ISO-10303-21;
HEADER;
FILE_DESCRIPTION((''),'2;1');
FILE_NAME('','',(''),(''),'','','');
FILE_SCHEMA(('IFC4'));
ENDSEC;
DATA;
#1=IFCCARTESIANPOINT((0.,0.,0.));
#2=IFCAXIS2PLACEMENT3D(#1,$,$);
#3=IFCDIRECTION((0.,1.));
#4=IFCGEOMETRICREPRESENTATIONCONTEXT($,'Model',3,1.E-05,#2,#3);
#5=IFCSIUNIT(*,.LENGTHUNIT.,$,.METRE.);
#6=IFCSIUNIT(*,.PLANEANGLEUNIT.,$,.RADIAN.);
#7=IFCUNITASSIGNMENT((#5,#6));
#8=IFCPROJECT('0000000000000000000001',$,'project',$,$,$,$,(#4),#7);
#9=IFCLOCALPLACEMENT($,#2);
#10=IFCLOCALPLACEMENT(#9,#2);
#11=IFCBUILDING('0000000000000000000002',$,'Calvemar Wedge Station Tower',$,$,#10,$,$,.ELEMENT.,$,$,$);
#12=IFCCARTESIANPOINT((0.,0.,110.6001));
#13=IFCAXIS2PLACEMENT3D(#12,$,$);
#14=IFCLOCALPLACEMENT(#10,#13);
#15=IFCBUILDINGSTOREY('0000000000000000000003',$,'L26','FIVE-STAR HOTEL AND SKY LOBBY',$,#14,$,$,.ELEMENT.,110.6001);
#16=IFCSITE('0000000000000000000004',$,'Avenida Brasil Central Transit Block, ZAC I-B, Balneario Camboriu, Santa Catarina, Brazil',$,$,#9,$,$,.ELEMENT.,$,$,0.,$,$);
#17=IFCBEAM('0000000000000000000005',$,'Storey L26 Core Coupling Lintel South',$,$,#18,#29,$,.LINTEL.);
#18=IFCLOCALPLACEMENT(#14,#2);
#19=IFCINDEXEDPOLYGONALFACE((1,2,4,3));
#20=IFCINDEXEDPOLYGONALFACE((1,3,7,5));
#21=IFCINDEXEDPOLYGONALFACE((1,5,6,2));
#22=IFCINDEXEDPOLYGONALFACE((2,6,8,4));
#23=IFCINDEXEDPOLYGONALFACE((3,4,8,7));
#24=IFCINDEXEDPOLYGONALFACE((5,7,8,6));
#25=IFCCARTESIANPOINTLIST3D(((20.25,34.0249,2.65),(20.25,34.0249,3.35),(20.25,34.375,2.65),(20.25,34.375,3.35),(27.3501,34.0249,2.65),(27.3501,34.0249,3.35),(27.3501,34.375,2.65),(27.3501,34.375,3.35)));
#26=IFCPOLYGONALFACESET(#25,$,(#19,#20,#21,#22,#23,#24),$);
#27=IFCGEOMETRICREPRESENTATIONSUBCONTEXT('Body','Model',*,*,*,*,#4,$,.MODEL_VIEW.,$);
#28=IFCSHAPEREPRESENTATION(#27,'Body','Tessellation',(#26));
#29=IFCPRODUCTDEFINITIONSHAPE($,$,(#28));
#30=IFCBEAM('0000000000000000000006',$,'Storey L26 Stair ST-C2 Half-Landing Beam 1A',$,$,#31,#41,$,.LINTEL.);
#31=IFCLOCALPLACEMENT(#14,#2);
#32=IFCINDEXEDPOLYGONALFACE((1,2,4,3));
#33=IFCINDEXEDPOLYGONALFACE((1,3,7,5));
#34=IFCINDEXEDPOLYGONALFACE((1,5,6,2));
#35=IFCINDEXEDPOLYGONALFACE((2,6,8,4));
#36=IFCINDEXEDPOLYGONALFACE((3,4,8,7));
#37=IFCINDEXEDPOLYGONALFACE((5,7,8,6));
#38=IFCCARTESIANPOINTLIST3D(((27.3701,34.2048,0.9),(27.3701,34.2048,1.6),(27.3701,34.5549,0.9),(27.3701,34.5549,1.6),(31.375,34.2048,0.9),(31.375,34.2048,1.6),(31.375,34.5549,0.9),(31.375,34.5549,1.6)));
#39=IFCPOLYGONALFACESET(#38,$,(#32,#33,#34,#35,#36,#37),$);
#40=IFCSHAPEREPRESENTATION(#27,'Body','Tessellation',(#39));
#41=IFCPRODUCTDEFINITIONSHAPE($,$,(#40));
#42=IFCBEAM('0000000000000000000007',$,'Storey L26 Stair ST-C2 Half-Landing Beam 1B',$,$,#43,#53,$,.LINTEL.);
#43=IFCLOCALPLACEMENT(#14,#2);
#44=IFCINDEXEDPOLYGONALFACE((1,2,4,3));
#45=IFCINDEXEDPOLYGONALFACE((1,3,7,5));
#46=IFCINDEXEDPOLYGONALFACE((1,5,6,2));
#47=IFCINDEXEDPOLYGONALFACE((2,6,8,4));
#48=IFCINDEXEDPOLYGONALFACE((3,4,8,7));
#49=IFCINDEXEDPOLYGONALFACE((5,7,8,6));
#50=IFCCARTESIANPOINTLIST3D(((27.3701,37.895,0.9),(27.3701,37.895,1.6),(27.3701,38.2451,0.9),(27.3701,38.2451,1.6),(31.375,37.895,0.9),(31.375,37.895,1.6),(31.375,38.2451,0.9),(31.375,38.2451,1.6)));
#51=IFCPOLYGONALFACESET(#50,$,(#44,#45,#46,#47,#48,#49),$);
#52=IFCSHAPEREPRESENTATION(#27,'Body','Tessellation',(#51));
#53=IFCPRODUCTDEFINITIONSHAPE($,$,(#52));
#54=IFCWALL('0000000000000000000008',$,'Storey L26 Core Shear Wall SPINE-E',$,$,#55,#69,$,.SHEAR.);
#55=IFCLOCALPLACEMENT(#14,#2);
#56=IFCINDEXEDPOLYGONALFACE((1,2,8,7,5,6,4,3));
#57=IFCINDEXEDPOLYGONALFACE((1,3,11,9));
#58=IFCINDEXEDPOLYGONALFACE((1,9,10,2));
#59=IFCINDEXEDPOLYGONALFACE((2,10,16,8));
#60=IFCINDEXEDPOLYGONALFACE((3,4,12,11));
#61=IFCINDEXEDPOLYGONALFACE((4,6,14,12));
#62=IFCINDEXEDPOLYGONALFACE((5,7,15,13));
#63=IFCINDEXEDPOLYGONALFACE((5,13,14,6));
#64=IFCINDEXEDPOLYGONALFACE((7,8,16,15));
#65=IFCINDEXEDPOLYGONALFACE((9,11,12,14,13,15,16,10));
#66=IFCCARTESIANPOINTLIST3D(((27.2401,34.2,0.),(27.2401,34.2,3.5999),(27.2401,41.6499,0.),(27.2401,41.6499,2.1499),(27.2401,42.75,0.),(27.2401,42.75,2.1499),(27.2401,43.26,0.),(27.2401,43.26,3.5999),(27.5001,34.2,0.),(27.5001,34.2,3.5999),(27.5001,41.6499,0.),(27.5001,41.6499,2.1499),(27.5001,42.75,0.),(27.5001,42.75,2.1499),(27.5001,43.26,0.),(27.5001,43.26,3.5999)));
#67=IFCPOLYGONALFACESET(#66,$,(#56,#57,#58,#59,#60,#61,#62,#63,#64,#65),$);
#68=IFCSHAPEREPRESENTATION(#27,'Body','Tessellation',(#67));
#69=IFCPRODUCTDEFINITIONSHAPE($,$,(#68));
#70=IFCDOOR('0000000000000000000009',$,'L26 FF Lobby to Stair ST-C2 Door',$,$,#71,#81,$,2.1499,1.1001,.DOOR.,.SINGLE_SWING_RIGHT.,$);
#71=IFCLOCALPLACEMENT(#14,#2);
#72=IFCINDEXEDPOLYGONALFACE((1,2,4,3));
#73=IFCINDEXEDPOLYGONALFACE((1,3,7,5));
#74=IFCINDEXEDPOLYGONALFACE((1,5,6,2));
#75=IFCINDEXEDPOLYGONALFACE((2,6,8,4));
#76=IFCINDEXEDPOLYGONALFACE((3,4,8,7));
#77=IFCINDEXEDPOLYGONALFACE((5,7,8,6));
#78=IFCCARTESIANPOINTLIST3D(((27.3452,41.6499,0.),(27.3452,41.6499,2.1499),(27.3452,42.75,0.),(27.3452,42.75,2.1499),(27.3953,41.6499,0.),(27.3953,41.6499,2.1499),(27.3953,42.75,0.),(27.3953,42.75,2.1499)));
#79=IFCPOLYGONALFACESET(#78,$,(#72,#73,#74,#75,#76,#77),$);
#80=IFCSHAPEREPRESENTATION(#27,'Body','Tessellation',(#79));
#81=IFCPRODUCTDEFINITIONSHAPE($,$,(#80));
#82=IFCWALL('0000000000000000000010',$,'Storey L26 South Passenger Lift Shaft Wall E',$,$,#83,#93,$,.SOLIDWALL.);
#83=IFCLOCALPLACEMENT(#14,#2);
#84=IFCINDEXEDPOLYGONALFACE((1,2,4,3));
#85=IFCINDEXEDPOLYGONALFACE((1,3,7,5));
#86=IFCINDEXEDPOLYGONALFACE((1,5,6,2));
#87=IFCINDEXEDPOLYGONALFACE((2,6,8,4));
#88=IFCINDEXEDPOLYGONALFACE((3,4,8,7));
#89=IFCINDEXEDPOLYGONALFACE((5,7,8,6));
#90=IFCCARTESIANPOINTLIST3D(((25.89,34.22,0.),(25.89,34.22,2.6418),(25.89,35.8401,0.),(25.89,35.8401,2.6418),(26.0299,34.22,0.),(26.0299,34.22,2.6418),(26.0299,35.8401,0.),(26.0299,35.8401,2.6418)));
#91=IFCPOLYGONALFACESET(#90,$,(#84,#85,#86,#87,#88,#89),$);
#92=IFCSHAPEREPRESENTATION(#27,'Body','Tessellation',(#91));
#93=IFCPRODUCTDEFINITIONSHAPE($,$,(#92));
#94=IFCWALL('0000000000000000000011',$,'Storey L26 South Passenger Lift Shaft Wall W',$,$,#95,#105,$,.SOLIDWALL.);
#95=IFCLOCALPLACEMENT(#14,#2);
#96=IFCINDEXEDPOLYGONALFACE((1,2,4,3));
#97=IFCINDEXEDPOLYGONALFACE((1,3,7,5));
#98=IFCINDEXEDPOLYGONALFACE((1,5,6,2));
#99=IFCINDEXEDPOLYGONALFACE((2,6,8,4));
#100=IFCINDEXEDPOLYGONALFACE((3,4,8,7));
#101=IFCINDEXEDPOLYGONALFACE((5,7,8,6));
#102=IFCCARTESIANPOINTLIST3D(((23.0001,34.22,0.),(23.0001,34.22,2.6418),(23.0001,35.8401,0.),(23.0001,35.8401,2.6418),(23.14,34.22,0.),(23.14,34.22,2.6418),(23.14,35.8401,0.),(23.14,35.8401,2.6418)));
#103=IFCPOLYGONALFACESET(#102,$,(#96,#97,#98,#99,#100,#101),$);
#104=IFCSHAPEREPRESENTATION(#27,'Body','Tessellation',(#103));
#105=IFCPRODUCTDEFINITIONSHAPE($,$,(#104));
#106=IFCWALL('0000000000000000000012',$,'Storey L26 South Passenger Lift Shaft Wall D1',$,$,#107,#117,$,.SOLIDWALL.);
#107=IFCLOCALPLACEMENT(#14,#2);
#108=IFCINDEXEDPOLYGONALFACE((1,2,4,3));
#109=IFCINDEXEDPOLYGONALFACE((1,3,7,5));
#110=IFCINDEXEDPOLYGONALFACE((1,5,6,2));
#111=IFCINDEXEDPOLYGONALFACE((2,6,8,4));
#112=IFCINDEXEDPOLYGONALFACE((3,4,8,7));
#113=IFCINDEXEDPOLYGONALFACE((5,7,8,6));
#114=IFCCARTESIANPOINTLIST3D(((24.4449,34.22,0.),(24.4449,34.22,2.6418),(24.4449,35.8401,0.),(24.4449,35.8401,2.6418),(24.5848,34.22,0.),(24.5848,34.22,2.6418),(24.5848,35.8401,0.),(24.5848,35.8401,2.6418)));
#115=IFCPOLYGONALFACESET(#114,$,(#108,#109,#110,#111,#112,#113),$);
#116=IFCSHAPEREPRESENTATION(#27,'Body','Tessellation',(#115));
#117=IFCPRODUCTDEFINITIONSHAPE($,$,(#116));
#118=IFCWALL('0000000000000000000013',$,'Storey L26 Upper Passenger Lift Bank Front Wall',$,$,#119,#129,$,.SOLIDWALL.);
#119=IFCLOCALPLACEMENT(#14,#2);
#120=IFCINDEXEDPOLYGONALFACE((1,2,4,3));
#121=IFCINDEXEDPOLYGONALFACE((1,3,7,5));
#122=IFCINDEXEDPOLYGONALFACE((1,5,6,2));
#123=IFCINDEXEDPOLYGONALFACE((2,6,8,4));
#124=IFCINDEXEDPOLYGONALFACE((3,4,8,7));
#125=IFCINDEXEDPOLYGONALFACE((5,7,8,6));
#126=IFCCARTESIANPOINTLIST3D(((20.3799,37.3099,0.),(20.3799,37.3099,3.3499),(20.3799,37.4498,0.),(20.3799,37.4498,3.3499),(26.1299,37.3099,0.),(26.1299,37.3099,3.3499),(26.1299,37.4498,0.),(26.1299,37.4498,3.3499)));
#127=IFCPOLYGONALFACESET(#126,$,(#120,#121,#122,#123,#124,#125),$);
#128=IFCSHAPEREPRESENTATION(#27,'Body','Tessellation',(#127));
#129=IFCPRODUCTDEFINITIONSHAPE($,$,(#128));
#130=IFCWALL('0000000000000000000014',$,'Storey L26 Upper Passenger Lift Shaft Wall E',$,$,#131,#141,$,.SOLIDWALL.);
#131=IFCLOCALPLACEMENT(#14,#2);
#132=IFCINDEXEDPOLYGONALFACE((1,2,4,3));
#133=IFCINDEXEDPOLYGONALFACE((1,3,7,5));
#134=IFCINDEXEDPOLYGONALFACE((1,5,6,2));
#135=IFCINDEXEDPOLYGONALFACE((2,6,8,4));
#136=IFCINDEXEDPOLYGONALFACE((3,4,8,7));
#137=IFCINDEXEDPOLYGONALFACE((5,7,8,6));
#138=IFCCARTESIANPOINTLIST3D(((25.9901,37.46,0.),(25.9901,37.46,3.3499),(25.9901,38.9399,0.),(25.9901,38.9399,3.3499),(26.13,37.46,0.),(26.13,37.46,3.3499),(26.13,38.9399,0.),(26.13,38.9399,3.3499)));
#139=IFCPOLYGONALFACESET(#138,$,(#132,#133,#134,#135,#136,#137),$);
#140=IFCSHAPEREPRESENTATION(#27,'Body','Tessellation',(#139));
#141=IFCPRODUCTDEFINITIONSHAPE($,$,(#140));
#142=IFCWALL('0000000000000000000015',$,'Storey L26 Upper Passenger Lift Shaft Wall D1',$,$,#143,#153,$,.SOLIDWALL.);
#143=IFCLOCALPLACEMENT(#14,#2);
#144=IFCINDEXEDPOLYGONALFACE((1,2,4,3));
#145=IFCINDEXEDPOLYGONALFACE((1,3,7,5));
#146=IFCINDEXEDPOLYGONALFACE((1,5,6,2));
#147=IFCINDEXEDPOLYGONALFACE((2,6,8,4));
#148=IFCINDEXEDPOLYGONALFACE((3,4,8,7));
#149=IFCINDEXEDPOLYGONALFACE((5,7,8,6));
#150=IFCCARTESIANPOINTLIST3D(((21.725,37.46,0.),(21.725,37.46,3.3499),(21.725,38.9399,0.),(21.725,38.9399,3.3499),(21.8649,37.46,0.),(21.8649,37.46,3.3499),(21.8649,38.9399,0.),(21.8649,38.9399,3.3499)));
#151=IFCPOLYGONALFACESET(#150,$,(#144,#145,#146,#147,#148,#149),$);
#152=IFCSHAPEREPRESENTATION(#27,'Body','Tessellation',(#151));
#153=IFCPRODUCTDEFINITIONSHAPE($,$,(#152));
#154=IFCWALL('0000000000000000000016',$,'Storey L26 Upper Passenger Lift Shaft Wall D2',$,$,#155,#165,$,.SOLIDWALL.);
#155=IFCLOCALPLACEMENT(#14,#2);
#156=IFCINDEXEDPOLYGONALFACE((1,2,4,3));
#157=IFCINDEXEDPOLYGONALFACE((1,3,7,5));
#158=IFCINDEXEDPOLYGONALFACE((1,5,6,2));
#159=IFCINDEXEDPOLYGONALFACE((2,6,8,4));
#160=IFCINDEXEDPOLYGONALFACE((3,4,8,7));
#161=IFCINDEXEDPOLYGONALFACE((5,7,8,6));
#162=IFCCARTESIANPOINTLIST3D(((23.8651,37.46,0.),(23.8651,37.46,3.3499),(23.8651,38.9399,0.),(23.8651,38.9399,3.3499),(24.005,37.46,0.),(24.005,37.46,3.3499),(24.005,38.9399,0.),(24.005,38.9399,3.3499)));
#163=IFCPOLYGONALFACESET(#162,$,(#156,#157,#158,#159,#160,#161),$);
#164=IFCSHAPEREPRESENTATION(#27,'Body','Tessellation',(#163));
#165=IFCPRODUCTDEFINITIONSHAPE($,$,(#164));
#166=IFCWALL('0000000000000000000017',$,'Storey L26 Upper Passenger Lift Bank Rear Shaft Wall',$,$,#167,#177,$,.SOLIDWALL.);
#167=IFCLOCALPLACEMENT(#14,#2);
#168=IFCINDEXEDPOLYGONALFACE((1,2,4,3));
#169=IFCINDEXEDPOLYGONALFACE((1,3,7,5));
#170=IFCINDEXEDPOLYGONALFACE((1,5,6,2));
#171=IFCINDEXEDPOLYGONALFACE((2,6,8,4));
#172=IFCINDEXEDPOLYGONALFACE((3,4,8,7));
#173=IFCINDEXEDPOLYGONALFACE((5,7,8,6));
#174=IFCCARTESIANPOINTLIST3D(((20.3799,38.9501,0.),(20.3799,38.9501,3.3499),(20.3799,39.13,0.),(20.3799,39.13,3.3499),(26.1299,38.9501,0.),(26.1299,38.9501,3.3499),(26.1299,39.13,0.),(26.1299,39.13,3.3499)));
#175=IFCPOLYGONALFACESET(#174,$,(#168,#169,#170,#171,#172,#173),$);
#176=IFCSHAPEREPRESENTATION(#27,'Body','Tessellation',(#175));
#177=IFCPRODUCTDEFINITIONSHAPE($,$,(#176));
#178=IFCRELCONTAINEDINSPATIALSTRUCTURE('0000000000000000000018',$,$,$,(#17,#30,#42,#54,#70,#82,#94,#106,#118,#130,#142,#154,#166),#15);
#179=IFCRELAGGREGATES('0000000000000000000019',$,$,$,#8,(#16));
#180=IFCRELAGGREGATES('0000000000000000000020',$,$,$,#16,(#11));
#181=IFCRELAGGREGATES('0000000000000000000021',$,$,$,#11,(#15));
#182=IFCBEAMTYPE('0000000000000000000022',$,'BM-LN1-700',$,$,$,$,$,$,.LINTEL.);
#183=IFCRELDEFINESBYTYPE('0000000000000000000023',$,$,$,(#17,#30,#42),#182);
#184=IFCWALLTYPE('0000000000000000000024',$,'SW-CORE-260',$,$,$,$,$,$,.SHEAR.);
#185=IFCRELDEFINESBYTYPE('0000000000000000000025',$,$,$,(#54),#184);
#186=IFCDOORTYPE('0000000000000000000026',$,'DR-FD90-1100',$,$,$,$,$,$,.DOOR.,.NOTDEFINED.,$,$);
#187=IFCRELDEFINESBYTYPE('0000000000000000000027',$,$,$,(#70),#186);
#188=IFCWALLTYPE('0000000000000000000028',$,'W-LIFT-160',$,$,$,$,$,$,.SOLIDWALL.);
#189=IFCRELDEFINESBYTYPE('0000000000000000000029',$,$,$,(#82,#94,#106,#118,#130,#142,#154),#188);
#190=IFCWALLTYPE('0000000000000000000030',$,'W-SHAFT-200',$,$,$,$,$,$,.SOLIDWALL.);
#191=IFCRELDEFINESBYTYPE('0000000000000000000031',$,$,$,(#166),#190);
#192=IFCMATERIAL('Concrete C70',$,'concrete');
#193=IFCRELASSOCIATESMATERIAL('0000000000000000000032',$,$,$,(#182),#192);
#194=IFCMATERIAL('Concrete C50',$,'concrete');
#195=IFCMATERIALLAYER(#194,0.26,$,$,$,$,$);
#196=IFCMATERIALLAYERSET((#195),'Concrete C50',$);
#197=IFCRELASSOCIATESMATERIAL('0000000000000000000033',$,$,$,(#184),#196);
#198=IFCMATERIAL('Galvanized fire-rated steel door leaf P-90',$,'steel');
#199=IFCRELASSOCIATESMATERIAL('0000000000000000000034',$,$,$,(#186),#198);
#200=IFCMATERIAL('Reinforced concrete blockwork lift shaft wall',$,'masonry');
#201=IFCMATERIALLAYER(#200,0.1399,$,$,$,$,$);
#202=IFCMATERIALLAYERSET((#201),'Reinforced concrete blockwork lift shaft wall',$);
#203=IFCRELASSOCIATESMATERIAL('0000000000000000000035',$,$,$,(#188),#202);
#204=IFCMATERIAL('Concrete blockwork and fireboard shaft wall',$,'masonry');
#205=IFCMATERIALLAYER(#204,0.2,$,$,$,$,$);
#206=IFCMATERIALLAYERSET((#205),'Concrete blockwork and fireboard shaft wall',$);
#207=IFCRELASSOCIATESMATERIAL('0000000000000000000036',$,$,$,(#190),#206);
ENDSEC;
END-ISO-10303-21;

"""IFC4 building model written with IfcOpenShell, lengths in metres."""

from ifc_helpers import new_model, si_unit, direction, frame, frame_2d, origin, origin_2d, place, context, subcontext, project, spatial, rectangle, extrude, source, transform, mapped, material, layer, layer_set, material_profile, profile_set, type_object, element, fill, save


model = new_model("IFC4")

# Units and contexts
model_context = context("Model", 3, precision=1e-05, world=origin(), true_north=direction((0.0, 1.0)))
body_context = subcontext(model_context, "Body", "Model", "MODEL_VIEW")
ifc_project = project(units=[si_unit("LENGTHUNIT", "METRE"), si_unit("PLANEANGLEUNIT", "RADIAN")], contexts=[model_context])

# Site, building, storey
site_placement = place(None, origin())
site = spatial("IfcSite", under=ifc_project, at=site_placement, Name="Avenida Brasil Central Transit Block, ZAC I-B, Balneario Camboriu, Santa Catarina, Brazil", CompositionType="ELEMENT", RefElevation=0.0)
building_placement = place(site_placement, origin())
building = spatial("IfcBuilding", under=site, at=building_placement, Name="Calvemar Wedge Station Tower", CompositionType="ELEMENT")
storey_placement = place(building_placement, frame((0.0, 0.0, 110.6001)))
storey = spatial("IfcBuildingStorey", under=building, at=storey_placement, Name="L26", Description="FIVE-STAR HOTEL AND SKY LOBBY", CompositionType="ELEMENT", Elevation=110.6001)

# Beams
ifc_material_1 = material(Name="Concrete C70", Category="concrete")
ifc_material_profile = material_profile(ifc_material_1, rectangle(XDim=0.3501, YDim=0.7, at=origin_2d()), Name="RC350x700")
ifc_profile_set = profile_set([ifc_material_profile], Name="Concrete C70")
beam_type = type_object("IfcBeamType", Name="BM-LN1-700", PredefinedType="LINTEL", material=ifc_profile_set)
shared_shape_1 = source(origin(), body_context, "Body", "SweptSolid", [
    extrude(rectangle(XDim=0.3501, YDim=0.7, at=origin_2d()), origin(), (0.0, 0.0, 1.0), 7.1001),
])
beam_placement = place(storey_placement, frame((20.25, 34.2, 3.0), z_axis=(1.0, 0.0, 0.0), x_axis=(0.0, 1.0, 0.0)))
element("IfcBeam", 1, at=beam_placement, inside=storey, type_object=beam_type, Name="Storey L26 Core Coupling Lintel South", PredefinedType="LINTEL", context=body_context, shape_type="MappedRepresentation", body=[
    mapped(shared_shape_1, transform((0.0, 0.0, 0.0), scale=1.0)),
])
shared_shape_2 = source(origin(), body_context, "Body", "SweptSolid", [
    extrude(rectangle(XDim=0.3501, YDim=0.7, at=origin_2d()), origin(), (0.0, 0.0, 1.0), 4.0049),
])
for number, where, z_axis, x_axis, name in (
    (2, (27.3701, 34.3799, 1.25), (1.0, 0.0, 0.0), (0.0, 1.0, 0.0), "Storey L26 Stair ST-C2 Half-Landing Beam 1A"),
    (3, (27.3701, 38.0701, 1.25), (1.0, 0.0, 0.0), (0.0, 1.0, 0.0), "Storey L26 Stair ST-C2 Half-Landing Beam 1B"),
):
    element("IfcBeam", number, at=place(storey_placement, frame(where, z_axis=z_axis, x_axis=x_axis)), inside=storey, type_object=beam_type, Name=name, PredefinedType="LINTEL", context=body_context, shape_type="MappedRepresentation", body=[
        mapped(shared_shape_2, transform((0.0, 0.0, 0.0), scale=1.0)),
    ])

# Wall, opening, door
ifc_material_2 = material(Name="Concrete C50", Category="concrete")
ifc_layer_1 = layer(ifc_material_2, 0.26)
ifc_layer_set_1 = layer_set([ifc_layer_1], Name="Concrete C50")
wall_type_1 = type_object("IfcWallType", Name="SW-CORE-260", PredefinedType="SHEAR", material=ifc_layer_set_1)
wall_1_placement = place(storey_placement, frame((27.3701, 34.2, 0.0), z_axis=(0.0, 0.0, 1.0), x_axis=(0.0, 1.0, 0.0)))
wall_1 = element("IfcWall", 4, at=wall_1_placement, inside=storey, type_object=wall_type_1, Name="Storey L26 Core Shear Wall SPINE-E", PredefinedType="SHEAR", context=body_context, shape_type="SweptSolid", body=[
    extrude(rectangle(XDim=9.0601, YDim=0.26, at=frame_2d((4.53, 0.0))), origin(), (0.0, 0.0, 1.0), 3.5999),
])
shared_shape_3 = source(origin(), body_context, "Body", "SweptSolid", [
    extrude(rectangle(XDim=1.1001, YDim=2.1499, at=frame_2d((0.55, 1.075))), frame((0.0, 0.1401, 0.0), z_axis=(0.0, -1.0, 0.0), x_axis=(1.0, 0.0, 0.0)), (0.0, 0.0, 1.0), 0.28),
])
opening_1_placement = place(wall_1_placement, frame((7.45, 0.0, 0.0)))
opening_1 = element("IfcOpeningElement", 5, at=opening_1_placement, cuts=wall_1, PredefinedType="OPENING", context=body_context, shape_type="MappedRepresentation", body=[
    mapped(shared_shape_3, transform((0.0, 0.0, 0.0), scale=1.0)),
])
ifc_material_3 = material(Name="Galvanized fire-rated steel door leaf P-90", Category="steel")
door_type_1 = type_object("IfcDoorType", Name="DR-FD90-1100", OperationType="NOTDEFINED", PredefinedType="DOOR", material=ifc_material_3)
shared_shape_4 = source(origin(), body_context, "Body", "SweptSolid", [
    extrude(rectangle(XDim=1.1001, YDim=2.1499, at=frame_2d((0.55, 1.075))), frame((0.0, 0.0249, 0.0), z_axis=(0.0, -1.0, 0.0), x_axis=(1.0, 0.0, 0.0)), (0.0, 0.0, 1.0), 0.05),
])
door_1_placement = place(opening_1_placement, origin())
door_1 = element("IfcDoor", 6, at=door_1_placement, inside=storey, type_object=door_type_1, Name="L26 FF Lobby to Stair ST-C2 Door", OperationType="SINGLE_SWING_RIGHT", OverallHeight=2.1499, OverallWidth=1.1001, PredefinedType="DOOR", context=body_context, shape_type="MappedRepresentation", body=[
    mapped(shared_shape_4, transform((0.0, 0.0, 0.0), scale=1.0)),
])
fill(opening_1, door_1)

# Shared definitions
ifc_material_4 = material(Name="Reinforced concrete blockwork lift shaft wall", Category="masonry")
ifc_layer_2 = layer(ifc_material_4, 0.1399)
ifc_layer_set_2 = layer_set([ifc_layer_2], Name="Reinforced concrete blockwork lift shaft wall")
wall_type_2 = type_object("IfcWallType", Name="W-LIFT-160", PredefinedType="SOLIDWALL", material=ifc_layer_set_2)

# Walls
for number, where, z_axis, x_axis, name in (
    (7, (25.96, 34.22, 0.0), (0.0, 0.0, 1.0), (0.0, 1.0, 0.0), "Storey L26 South Passenger Lift Shaft Wall E"),
    (8, (23.0701, 34.22, 0.0), (0.0, 0.0, 1.0), (0.0, 1.0, 0.0), "Storey L26 South Passenger Lift Shaft Wall W"),
    (9, (24.5149, 34.22, 0.0), (0.0, 0.0, 1.0), (0.0, 1.0, 0.0), "Storey L26 South Passenger Lift Shaft Wall D1"),
):
    element("IfcWall", number, at=place(storey_placement, frame(where, z_axis=z_axis, x_axis=x_axis)), inside=storey, type_object=wall_type_2, Name=name, PredefinedType="SOLIDWALL", context=body_context, shape_type="SweptSolid", body=[
        extrude(rectangle(XDim=1.6201, YDim=0.1399, at=frame_2d((0.8101, 0.0))), origin(), (0.0, 0.0, 1.0), 2.6418),
    ])
wall_2_placement = place(storey_placement, frame((20.3799, 37.3799, 0.0), z_axis=(0.0, 0.0, 1.0), x_axis=(1.0, 0.0, 0.0)))
element("IfcWall", 10, at=wall_2_placement, inside=storey, type_object=wall_type_2, Name="Storey L26 Upper Passenger Lift Bank Front Wall", PredefinedType="SOLIDWALL", context=body_context, shape_type="SweptSolid", body=[
    extrude(rectangle(XDim=5.75, YDim=0.1399, at=frame_2d((2.875, 0.0))), origin(), (0.0, 0.0, 1.0), 3.3499),
])
for number, where, z_axis, x_axis, name in (
    (11, (26.0601, 37.46, 0.0), (0.0, 0.0, 1.0), (0.0, 1.0, 0.0), "Storey L26 Upper Passenger Lift Shaft Wall E"),
    (12, (21.7949, 37.46, 0.0), (0.0, 0.0, 1.0), (0.0, 1.0, 0.0), "Storey L26 Upper Passenger Lift Shaft Wall D1"),
    (13, (23.9351, 37.46, 0.0), (0.0, 0.0, 1.0), (0.0, 1.0, 0.0), "Storey L26 Upper Passenger Lift Shaft Wall D2"),
):
    element("IfcWall", number, at=place(storey_placement, frame(where, z_axis=z_axis, x_axis=x_axis)), inside=storey, type_object=wall_type_2, Name=name, PredefinedType="SOLIDWALL", context=body_context, shape_type="SweptSolid", body=[
        extrude(rectangle(XDim=1.48, YDim=0.1399, at=frame_2d((0.74, 0.0))), origin(), (0.0, 0.0, 1.0), 3.3499),
    ])
ifc_material_5 = material(Name="Concrete blockwork and fireboard shaft wall", Category="masonry")
ifc_layer_3 = layer(ifc_material_5, 0.2)
ifc_layer_set_3 = layer_set([ifc_layer_3], Name="Concrete blockwork and fireboard shaft wall")
wall_type_3 = type_object("IfcWallType", Name="W-SHAFT-200", PredefinedType="SOLIDWALL", material=ifc_layer_set_3)
wall_3_placement = place(storey_placement, frame((20.3799, 39.04, 0.0), z_axis=(0.0, 0.0, 1.0), x_axis=(1.0, 0.0, 0.0)))
element("IfcWall", 14, at=wall_3_placement, inside=storey, type_object=wall_type_3, Name="Storey L26 Upper Passenger Lift Bank Rear Shaft Wall", PredefinedType="SOLIDWALL", context=body_context, shape_type="SweptSolid", body=[
    extrude(rectangle(XDim=5.75, YDim=0.1799, at=frame_2d((2.875, 0.0))), origin(), (0.0, 0.0, 1.0), 3.3499),
])

save(model, "model.ifc")
